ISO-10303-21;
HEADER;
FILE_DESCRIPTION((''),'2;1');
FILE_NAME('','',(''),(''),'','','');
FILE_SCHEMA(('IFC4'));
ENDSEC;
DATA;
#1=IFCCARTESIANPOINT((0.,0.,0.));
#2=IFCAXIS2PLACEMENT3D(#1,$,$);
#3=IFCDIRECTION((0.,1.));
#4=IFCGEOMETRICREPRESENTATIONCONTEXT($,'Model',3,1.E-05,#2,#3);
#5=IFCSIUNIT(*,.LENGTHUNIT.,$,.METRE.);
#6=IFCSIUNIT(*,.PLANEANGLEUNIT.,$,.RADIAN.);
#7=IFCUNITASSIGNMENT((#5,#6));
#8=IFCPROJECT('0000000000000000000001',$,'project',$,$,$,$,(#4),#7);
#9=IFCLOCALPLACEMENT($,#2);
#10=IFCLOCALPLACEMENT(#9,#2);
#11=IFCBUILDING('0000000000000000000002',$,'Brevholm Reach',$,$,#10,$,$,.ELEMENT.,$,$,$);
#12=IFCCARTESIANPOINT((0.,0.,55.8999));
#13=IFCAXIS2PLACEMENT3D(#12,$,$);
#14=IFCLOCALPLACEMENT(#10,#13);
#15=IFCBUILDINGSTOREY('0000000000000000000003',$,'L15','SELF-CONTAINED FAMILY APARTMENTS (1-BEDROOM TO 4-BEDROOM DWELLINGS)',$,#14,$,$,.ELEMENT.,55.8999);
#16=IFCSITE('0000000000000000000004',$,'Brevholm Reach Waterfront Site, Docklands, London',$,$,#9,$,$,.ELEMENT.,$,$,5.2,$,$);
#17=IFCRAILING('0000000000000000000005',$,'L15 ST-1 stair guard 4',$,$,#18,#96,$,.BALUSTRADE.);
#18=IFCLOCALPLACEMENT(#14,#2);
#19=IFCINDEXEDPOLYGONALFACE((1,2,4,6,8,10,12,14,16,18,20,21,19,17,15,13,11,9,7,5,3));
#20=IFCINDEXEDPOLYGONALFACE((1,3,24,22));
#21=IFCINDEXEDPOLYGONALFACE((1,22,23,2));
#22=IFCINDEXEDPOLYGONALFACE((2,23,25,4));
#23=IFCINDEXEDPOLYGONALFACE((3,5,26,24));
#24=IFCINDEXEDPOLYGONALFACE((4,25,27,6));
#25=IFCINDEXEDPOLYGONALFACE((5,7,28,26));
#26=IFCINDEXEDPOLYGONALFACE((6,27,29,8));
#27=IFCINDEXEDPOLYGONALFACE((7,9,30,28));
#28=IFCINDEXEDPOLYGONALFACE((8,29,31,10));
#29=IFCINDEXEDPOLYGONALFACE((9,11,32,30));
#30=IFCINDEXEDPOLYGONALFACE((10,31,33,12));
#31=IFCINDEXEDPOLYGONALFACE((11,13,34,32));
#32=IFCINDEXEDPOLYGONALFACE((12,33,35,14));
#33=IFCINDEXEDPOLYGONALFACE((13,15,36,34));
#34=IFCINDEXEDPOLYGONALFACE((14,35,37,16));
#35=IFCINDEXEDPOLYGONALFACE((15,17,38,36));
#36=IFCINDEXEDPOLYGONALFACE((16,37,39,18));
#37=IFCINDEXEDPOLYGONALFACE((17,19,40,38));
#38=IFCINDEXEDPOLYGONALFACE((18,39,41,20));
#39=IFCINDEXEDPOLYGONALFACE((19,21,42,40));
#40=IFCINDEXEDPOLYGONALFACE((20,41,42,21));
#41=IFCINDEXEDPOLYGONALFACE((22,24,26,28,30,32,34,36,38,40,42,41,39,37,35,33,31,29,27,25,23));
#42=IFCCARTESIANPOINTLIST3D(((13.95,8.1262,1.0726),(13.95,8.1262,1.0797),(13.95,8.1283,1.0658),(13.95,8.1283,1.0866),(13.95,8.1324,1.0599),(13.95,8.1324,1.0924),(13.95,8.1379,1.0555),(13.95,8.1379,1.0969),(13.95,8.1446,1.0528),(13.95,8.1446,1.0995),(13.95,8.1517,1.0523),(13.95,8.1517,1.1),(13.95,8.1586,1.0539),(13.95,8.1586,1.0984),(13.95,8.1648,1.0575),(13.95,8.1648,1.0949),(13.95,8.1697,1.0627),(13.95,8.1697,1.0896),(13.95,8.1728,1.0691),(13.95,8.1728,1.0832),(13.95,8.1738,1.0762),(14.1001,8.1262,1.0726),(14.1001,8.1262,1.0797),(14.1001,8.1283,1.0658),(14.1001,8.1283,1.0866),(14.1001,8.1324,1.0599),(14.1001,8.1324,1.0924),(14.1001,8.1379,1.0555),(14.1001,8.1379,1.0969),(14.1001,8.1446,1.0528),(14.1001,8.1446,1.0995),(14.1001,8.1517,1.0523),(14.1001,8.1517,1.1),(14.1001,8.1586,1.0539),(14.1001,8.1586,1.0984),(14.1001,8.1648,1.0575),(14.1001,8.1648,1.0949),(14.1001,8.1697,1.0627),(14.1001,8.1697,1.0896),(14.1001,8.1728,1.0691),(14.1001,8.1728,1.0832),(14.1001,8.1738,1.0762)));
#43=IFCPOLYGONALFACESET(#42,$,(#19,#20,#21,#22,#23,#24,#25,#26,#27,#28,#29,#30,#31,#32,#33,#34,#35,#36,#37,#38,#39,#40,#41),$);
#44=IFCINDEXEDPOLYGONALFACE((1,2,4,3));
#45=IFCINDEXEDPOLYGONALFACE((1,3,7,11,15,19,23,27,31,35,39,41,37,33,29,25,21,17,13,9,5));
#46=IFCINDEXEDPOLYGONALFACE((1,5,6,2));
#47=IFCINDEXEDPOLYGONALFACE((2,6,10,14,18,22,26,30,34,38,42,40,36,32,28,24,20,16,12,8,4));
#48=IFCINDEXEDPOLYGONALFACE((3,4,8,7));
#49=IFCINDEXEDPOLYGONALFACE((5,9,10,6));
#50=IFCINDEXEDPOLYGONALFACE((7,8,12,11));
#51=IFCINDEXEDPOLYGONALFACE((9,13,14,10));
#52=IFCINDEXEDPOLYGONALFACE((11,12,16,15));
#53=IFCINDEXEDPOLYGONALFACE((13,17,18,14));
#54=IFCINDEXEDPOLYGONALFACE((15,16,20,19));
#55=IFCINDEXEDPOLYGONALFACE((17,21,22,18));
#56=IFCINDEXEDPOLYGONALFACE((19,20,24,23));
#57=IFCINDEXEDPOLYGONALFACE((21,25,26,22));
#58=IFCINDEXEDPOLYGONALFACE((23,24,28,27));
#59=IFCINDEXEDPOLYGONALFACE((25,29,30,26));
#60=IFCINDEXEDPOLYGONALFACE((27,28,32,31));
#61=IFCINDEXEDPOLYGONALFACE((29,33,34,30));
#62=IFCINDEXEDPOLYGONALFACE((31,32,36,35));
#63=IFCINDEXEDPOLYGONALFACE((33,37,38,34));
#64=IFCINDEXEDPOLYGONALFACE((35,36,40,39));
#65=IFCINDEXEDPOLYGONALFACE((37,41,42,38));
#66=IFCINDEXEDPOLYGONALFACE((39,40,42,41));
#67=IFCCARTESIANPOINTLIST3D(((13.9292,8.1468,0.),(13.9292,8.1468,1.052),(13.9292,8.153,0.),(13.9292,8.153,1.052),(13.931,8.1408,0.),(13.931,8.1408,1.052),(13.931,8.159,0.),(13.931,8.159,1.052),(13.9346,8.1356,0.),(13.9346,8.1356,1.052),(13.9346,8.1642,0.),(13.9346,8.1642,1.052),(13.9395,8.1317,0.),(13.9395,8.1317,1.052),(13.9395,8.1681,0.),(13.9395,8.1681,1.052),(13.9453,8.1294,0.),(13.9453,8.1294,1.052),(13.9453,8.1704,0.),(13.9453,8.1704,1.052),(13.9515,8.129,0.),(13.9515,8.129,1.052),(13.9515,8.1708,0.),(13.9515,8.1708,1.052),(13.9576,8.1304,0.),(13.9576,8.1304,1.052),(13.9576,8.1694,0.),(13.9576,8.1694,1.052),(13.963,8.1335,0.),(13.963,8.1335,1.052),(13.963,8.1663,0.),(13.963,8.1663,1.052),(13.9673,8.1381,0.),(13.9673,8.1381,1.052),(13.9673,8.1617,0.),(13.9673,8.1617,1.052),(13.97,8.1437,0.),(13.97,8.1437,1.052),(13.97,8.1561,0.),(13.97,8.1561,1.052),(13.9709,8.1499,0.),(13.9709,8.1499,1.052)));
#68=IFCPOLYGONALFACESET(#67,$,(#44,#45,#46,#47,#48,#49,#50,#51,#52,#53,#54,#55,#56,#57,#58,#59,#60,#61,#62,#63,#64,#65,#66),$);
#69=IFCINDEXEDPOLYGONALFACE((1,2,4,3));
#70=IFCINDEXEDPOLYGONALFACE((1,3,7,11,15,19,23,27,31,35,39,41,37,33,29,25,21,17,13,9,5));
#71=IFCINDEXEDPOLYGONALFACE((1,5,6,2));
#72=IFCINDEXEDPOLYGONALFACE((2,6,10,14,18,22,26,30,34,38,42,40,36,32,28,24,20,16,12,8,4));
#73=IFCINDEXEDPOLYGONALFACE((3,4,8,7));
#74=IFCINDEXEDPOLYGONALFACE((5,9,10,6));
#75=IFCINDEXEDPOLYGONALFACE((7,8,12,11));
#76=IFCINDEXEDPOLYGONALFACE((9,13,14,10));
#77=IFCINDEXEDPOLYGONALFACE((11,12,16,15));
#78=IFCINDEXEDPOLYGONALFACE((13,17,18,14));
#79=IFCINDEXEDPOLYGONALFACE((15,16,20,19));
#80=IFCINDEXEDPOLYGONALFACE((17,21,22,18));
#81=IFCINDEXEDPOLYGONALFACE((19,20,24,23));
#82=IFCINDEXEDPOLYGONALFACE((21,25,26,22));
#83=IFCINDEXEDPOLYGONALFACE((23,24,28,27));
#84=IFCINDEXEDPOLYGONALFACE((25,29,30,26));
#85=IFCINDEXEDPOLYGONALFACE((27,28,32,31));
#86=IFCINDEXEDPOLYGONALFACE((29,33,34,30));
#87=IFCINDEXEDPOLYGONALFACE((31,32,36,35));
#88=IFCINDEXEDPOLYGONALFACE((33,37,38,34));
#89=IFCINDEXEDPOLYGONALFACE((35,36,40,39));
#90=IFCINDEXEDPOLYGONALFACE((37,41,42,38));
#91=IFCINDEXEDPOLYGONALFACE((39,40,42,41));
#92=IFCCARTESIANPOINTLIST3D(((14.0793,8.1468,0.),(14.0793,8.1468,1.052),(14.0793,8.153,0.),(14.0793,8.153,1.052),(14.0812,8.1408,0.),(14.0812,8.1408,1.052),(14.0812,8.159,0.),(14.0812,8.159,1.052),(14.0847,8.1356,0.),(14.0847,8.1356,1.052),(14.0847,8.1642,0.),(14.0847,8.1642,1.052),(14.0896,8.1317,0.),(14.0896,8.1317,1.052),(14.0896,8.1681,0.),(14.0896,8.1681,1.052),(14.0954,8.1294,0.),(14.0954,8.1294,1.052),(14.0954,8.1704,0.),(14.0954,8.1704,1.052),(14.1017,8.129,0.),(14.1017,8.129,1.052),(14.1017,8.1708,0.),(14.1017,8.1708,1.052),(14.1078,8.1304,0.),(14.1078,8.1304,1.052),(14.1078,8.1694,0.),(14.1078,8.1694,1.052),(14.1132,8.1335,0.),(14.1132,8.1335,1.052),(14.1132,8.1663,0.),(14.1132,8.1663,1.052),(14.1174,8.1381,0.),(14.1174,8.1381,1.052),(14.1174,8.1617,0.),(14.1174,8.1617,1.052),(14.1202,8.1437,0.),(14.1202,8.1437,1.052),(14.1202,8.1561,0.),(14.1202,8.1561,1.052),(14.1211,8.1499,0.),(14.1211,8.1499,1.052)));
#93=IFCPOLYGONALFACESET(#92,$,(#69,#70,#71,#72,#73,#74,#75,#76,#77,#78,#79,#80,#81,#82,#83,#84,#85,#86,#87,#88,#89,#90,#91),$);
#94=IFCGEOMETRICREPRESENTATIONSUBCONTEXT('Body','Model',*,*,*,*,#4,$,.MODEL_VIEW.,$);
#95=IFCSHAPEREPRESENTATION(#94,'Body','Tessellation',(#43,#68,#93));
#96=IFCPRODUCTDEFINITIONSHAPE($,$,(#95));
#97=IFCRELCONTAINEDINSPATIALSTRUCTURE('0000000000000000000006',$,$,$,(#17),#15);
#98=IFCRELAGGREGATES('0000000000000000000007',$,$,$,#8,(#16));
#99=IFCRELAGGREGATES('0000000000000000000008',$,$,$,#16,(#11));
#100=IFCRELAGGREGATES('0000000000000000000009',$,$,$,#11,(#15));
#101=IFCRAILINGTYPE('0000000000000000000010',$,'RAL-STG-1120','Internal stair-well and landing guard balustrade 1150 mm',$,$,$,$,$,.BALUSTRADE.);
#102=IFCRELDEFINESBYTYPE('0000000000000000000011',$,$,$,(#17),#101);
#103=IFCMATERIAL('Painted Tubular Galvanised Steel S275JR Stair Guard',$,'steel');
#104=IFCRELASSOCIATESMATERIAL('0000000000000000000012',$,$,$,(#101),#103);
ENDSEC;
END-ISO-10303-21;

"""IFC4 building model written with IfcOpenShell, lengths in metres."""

from ifc_helpers import new_model, si_unit, direction, frame, origin, origin_2d, place, context, subcontext, project, spatial, circle, extrude, material, type_object, element, save


model = new_model("IFC4")

# Units and contexts
model_context = context("Model", 3, precision=1e-05, world=origin(), true_north=direction((0.0, 1.0)))
body_context = subcontext(model_context, "Body", "Model", "MODEL_VIEW")
ifc_project = project(units=[si_unit("LENGTHUNIT", "METRE"), si_unit("PLANEANGLEUNIT", "RADIAN")], contexts=[model_context])

# Site, building, storey
site_placement = place(None, origin())
site = spatial("IfcSite", under=ifc_project, at=site_placement, Name="Brevholm Reach Waterfront Site, Docklands, London", CompositionType="ELEMENT", RefElevation=5.2)
building_placement = place(site_placement, origin())
building = spatial("IfcBuilding", under=site, at=building_placement, Name="Brevholm Reach", CompositionType="ELEMENT")
storey_placement = place(building_placement, frame((0.0, 0.0, 55.8999)))
storey = spatial("IfcBuildingStorey", under=building, at=storey_placement, Name="L15", Description="SELF-CONTAINED FAMILY APARTMENTS (1-BEDROOM TO 4-BEDROOM DWELLINGS)", CompositionType="ELEMENT", Elevation=55.8999)

# Railing
ifc_material_1 = material(Name="Painted Tubular Galvanised Steel S275JR Stair Guard", Category="steel")
railing_type = type_object("IfcRailingType", Name="RAL-STG-1120", Description="Internal stair-well and landing guard balustrade 1150 mm", PredefinedType="BALUSTRADE", material=ifc_material_1)
railing_1_placement = place(storey_placement, frame((13.95, 8.1499, 0.0)))
element("IfcRailing", 1, at=railing_1_placement, inside=storey, type_object=railing_type, Name="L15 ST-1 stair guard 4", PredefinedType="BALUSTRADE", context=body_context, shape_type="SweptSolid", body=[
    extrude(circle(Radius=0.0239, at=origin_2d()), frame((0.0, 0.0, 1.0762), z_axis=(1.0, 0.0, 0.0), x_axis=(0.0, 1.0, 0.0)), (0.0, 0.0, 1.0), 0.1501),
    extrude(circle(Radius=0.021, at=origin_2d()), origin(), (0.0, 0.0, 1.0), 1.052),
    extrude(circle(Radius=0.021, at=origin_2d()), frame((0.1501, 0.0, 0.0)), (0.0, 0.0, 1.0), 1.052),
])

save(model, "model.ifc")
